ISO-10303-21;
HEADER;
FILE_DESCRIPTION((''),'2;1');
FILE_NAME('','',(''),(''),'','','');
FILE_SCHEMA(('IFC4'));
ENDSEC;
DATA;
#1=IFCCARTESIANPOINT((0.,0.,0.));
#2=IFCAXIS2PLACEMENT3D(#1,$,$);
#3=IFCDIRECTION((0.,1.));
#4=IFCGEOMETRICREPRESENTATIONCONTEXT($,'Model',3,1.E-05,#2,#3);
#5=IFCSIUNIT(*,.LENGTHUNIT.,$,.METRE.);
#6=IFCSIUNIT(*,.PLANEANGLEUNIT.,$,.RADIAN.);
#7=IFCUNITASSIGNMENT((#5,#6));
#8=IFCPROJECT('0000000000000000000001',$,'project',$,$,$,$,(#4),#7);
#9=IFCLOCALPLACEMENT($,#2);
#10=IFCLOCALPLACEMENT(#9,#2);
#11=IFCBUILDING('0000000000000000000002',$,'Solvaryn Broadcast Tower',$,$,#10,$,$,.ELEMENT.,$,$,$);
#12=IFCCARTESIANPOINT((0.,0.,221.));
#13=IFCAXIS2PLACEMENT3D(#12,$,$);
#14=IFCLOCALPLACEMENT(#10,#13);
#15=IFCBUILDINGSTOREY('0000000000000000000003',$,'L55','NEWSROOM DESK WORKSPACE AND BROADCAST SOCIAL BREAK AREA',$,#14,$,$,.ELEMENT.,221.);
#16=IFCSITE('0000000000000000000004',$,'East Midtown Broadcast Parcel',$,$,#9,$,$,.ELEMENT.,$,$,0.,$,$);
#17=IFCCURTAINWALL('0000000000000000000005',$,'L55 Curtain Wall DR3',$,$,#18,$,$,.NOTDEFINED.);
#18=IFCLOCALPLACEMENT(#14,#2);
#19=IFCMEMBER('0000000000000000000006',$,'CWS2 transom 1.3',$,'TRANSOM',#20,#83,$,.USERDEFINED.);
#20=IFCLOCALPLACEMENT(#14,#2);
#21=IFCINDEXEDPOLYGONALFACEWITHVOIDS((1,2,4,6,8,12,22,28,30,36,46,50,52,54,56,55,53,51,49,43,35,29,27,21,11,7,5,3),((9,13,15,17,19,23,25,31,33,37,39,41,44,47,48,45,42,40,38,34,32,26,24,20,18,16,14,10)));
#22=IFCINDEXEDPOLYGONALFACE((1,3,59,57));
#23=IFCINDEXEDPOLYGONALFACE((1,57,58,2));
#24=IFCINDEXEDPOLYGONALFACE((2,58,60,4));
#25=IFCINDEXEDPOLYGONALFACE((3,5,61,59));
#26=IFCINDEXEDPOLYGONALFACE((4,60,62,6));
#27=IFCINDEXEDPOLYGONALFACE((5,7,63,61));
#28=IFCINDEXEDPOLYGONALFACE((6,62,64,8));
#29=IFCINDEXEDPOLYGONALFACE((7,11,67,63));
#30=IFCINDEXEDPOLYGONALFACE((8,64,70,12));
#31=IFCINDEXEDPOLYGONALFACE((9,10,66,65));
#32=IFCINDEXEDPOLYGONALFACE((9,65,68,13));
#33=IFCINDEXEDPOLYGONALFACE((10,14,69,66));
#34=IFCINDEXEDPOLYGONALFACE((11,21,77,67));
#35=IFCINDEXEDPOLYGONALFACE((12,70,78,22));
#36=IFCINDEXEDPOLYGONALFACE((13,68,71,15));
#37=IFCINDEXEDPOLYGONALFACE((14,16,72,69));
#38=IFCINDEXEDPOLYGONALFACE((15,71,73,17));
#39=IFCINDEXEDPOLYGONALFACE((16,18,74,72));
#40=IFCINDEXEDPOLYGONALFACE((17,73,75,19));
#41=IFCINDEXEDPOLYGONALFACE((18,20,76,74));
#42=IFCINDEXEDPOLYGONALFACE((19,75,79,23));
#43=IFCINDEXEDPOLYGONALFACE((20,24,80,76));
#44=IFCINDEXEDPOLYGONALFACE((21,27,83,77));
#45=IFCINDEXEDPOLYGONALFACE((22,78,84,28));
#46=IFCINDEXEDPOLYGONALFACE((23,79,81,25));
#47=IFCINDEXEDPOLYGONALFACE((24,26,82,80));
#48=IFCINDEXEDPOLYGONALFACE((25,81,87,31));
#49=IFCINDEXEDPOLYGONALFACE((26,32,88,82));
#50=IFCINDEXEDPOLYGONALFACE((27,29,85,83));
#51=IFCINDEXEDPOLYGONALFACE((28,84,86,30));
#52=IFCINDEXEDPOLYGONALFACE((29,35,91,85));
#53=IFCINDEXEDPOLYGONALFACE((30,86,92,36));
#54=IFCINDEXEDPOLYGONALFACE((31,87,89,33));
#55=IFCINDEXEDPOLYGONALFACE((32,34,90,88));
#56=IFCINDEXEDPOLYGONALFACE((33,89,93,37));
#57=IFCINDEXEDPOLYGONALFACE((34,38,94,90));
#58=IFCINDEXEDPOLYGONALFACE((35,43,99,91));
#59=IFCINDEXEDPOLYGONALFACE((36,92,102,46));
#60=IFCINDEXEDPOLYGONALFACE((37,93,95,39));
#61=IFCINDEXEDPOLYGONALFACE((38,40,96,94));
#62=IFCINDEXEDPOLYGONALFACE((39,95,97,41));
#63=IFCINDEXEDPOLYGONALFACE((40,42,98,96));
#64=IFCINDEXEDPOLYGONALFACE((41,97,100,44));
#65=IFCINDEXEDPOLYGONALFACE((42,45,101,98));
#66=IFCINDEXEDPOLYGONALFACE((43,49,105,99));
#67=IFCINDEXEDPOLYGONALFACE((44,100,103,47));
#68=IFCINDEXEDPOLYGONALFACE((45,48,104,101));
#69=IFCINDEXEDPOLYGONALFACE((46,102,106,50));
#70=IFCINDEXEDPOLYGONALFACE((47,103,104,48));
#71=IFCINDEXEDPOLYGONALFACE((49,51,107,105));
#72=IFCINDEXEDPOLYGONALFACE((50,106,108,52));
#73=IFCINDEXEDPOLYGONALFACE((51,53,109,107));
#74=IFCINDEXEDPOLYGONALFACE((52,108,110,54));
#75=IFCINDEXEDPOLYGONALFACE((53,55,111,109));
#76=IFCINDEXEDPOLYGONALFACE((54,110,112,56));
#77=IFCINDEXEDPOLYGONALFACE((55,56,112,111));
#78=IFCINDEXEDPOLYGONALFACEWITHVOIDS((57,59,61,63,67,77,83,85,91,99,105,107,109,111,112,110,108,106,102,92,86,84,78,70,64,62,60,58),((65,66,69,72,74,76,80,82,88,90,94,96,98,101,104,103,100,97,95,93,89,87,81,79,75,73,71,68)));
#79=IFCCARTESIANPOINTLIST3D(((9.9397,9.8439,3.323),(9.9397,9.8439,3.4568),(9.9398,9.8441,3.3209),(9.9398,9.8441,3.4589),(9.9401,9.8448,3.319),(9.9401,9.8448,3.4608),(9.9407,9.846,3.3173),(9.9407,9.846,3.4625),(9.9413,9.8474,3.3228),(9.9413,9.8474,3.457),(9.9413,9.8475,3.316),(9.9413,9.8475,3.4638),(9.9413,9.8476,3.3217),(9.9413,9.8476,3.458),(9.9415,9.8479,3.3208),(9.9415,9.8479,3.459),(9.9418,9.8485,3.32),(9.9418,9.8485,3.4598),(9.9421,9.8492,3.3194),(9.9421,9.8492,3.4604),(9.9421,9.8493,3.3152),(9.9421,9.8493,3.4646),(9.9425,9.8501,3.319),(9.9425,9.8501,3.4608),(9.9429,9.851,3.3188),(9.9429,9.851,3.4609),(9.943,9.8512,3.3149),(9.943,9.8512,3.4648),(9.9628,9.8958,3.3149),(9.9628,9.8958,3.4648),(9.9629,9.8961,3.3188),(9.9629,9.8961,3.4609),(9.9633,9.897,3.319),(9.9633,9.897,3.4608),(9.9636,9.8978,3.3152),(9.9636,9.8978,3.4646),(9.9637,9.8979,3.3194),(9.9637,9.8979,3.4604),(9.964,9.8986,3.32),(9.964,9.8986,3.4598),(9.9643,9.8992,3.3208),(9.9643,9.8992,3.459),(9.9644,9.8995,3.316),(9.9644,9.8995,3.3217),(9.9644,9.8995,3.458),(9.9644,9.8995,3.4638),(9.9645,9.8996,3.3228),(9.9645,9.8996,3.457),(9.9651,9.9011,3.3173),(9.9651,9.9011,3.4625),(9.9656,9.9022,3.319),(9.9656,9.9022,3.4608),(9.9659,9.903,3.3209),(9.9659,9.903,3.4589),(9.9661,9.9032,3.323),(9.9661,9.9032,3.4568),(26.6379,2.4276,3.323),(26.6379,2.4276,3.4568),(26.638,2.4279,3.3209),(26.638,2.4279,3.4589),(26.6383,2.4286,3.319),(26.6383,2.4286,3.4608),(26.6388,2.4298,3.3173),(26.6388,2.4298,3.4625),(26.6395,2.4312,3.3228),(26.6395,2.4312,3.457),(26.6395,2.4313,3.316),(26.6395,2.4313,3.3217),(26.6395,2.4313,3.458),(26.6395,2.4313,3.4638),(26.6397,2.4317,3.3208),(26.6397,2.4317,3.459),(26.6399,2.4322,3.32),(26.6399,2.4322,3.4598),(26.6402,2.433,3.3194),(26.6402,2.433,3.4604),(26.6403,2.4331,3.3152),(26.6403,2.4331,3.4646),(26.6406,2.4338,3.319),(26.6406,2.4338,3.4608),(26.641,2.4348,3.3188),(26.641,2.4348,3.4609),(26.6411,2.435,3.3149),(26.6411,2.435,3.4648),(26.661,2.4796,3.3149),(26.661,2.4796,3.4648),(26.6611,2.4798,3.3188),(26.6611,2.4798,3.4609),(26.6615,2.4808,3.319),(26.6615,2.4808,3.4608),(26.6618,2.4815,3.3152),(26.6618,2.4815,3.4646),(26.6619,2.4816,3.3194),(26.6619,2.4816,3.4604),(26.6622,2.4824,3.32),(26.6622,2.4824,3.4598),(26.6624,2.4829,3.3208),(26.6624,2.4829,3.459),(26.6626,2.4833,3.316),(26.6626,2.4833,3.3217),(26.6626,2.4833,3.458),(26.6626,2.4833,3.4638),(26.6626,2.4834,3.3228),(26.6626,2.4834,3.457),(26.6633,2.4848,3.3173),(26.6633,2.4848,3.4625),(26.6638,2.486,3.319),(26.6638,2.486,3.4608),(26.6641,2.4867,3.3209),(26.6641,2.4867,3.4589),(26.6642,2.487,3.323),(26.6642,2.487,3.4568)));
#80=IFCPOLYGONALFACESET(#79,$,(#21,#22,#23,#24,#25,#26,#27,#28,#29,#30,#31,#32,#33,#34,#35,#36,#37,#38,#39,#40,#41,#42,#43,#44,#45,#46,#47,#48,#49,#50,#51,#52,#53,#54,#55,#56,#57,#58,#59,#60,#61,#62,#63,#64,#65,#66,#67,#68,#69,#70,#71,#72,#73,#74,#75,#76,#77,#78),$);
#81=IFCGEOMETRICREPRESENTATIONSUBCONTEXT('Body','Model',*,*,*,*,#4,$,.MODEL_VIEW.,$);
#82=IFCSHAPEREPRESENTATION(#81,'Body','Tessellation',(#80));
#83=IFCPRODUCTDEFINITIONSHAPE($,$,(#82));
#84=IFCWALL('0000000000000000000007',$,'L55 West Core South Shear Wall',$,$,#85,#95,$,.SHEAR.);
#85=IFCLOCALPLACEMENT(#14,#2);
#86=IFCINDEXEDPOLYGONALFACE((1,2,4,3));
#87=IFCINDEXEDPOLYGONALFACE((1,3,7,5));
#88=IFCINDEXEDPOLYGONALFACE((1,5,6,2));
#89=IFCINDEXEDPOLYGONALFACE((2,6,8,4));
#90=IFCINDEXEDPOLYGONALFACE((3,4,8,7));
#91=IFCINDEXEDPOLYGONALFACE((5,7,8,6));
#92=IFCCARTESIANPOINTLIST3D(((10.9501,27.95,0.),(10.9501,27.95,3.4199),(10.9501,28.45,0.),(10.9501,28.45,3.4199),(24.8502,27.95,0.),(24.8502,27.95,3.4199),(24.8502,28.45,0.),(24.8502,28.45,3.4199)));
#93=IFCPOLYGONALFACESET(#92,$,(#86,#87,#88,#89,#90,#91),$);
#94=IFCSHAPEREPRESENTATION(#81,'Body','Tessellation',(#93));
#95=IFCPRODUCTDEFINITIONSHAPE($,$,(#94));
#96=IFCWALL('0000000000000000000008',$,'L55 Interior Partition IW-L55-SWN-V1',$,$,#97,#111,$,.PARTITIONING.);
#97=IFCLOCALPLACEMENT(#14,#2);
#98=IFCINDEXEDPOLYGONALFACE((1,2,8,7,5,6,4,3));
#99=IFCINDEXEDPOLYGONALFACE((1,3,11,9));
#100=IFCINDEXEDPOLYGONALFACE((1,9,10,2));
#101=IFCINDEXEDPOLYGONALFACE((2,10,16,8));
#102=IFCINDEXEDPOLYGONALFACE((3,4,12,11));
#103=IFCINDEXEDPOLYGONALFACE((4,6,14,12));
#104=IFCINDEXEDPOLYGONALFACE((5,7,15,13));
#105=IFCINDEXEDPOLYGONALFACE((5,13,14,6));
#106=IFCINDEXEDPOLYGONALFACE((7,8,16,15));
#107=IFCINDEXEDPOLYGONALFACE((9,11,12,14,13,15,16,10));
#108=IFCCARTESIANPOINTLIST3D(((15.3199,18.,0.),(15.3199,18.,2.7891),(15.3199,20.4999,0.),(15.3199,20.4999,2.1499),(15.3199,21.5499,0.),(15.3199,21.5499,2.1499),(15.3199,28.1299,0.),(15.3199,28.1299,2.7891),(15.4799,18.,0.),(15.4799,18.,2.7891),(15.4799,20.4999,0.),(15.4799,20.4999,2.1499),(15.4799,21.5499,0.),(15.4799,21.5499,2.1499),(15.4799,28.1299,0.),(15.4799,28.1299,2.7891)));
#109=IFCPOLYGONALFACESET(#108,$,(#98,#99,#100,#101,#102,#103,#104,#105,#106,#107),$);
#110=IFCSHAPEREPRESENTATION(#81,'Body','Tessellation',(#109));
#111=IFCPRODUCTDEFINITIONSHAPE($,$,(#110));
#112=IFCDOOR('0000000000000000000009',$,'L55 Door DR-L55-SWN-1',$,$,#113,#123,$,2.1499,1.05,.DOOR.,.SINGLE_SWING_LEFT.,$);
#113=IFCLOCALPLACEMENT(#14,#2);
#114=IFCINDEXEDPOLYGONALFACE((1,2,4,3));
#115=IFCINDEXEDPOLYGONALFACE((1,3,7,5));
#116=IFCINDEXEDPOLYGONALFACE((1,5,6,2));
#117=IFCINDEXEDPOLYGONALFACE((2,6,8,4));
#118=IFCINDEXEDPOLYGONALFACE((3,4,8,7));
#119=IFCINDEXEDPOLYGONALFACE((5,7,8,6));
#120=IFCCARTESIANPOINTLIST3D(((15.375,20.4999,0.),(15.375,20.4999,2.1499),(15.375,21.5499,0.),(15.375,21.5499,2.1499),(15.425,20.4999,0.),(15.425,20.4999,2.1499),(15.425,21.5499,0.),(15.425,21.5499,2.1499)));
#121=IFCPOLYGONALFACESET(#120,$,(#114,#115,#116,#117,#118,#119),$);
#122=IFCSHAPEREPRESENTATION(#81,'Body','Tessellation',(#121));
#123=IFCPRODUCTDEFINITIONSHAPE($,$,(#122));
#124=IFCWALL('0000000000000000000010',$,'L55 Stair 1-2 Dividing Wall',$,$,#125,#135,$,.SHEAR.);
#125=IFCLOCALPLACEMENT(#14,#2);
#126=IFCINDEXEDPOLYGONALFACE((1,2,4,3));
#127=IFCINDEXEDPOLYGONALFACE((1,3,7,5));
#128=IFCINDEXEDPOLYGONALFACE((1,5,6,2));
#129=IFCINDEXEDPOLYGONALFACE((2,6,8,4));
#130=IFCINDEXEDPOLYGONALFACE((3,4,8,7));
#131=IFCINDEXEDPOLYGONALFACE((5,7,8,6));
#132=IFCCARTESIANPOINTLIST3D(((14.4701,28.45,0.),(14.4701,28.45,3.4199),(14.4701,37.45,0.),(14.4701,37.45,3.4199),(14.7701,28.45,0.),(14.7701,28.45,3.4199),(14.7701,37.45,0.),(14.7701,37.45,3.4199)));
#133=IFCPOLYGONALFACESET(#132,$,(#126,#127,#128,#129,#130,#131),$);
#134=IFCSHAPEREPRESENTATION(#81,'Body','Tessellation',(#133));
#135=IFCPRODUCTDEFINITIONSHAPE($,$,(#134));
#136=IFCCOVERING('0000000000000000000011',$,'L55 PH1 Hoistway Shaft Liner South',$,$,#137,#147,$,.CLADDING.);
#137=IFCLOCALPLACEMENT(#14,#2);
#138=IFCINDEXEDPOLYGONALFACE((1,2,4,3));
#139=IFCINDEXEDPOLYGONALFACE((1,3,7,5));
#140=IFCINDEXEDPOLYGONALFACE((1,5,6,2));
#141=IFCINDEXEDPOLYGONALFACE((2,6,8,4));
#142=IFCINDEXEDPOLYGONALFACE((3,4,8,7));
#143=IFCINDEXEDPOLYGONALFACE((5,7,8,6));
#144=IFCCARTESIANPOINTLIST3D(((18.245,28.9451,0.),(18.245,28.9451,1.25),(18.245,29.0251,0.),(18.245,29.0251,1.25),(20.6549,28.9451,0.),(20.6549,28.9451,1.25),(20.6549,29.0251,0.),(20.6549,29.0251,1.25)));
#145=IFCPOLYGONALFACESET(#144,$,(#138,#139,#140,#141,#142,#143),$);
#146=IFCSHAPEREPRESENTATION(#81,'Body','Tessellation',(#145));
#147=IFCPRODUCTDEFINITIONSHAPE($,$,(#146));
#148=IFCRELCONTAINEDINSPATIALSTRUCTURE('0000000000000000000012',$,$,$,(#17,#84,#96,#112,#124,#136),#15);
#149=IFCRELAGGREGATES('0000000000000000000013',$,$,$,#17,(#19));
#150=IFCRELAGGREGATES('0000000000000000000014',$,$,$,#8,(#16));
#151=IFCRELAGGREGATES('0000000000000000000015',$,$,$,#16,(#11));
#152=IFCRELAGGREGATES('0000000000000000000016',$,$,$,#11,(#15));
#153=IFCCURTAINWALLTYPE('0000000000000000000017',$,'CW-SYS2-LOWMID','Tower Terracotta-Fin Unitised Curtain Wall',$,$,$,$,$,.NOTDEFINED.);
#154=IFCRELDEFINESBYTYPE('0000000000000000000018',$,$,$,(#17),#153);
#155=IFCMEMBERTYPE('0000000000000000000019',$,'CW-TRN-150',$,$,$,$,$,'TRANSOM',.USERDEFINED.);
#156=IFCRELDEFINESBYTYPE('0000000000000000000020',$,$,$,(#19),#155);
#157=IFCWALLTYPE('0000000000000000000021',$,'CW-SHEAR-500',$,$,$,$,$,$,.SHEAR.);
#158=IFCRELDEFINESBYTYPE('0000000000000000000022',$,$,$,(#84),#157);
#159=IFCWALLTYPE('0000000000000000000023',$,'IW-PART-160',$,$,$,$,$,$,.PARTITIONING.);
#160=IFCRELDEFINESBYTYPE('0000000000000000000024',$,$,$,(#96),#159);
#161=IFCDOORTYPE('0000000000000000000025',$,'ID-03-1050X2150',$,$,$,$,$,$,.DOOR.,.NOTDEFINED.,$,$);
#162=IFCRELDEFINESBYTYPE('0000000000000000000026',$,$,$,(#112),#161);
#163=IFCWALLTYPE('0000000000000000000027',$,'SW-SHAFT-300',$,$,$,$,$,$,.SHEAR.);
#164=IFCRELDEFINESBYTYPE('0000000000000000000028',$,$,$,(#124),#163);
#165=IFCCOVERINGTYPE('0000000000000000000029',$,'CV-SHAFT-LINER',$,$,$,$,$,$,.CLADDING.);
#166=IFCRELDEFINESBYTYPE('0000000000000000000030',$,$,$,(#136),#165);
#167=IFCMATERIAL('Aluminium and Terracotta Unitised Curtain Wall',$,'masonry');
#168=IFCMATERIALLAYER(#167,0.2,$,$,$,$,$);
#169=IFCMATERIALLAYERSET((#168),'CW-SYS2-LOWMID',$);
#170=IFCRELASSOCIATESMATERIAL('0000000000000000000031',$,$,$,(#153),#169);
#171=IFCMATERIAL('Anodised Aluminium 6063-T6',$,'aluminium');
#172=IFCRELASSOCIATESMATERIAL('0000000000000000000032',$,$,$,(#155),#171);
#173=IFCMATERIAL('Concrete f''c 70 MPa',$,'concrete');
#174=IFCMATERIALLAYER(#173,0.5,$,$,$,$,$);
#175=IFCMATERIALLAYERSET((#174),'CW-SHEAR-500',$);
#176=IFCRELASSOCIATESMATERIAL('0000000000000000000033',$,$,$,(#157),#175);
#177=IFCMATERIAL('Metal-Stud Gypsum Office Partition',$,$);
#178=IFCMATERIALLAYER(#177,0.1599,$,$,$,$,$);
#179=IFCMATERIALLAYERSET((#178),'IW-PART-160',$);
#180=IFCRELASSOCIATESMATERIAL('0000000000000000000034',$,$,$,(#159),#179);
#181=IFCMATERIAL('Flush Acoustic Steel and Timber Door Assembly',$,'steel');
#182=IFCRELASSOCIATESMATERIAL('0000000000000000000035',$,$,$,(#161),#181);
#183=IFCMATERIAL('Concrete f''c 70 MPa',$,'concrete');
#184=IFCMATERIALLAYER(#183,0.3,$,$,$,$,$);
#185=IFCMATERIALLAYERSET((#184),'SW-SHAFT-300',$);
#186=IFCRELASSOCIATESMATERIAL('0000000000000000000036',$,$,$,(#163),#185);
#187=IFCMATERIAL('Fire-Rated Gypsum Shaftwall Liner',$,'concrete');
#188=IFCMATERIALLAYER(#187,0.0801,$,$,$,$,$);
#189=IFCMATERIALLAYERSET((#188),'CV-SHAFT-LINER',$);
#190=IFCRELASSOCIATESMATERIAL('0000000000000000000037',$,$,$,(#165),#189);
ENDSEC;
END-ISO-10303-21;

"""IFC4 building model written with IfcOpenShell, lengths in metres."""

from ifc_helpers import new_model, si_unit, direction, frame, frame_2d, origin, origin_2d, place, context, subcontext, project, spatial, rectangle, hollow_rectangle, extrude, material, layer, layer_set, material_profile, profile_set, type_object, element, fill, aggregate, save


model = new_model("IFC4")

# Units and contexts
model_context = context("Model", 3, precision=1e-05, world=origin(), true_north=direction((0.0, 1.0)))
body_context = subcontext(model_context, "Body", "Model", "MODEL_VIEW")
ifc_project = project(units=[si_unit("LENGTHUNIT", "METRE"), si_unit("PLANEANGLEUNIT", "RADIAN")], contexts=[model_context])

# Site, building, storey
site_placement = place(None, origin())
site = spatial("IfcSite", under=ifc_project, at=site_placement, Name="East Midtown Broadcast Parcel", CompositionType="ELEMENT", RefElevation=0.0)
building_placement = place(site_placement, origin())
building = spatial("IfcBuilding", under=site, at=building_placement, Name="Solvaryn Broadcast Tower", CompositionType="ELEMENT")
storey_placement = place(building_placement, frame((0.0, 0.0, 221.0)))
storey = spatial("IfcBuildingStorey", under=building, at=storey_placement, Name="L55", Description="NEWSROOM DESK WORKSPACE AND BROADCAST SOCIAL BREAK AREA", CompositionType="ELEMENT", Elevation=221.0)

# Curtain wall, member
ifc_material_1 = material(Name="Aluminium and Terracotta Unitised Curtain Wall", Category="masonry")
ifc_layer_1 = layer(ifc_material_1, 0.2)
ifc_layer_set_1 = layer_set([ifc_layer_1], Name="CW-SYS2-LOWMID")
curtain_wall_type_1 = type_object("IfcCurtainWallType", Name="CW-SYS2-LOWMID", Description="Tower Terracotta-Fin Unitised Curtain Wall", PredefinedType="NOTDEFINED", material=ifc_layer_set_1)
curtain_wall_1_placement = place(storey_placement, origin())
curtain_wall_1 = element("IfcCurtainWall", 1, at=curtain_wall_1_placement, inside=storey, type_object=curtain_wall_type_1, Name="L55 Curtain Wall DR3", PredefinedType="NOTDEFINED")
ifc_material_2 = material(Name="Anodised Aluminium 6063-T6", Category="aluminium")
ifc_material_profile_1 = material_profile(ifc_material_2, hollow_rectangle(XDim=0.0649, YDim=0.1499, WallThickness=0.0039, InnerFilletRadius=0.0039, OuterFilletRadius=0.0081, at=origin_2d()))
ifc_profile_set_1 = profile_set([ifc_material_profile_1], Name="Anodised Aluminium 6063-T6")
member_type_1 = type_object("IfcMemberType", Name="CW-TRN-150", ElementType="TRANSOM", PredefinedType="USERDEFINED", material=ifc_profile_set_1)
member_1_placement = place(storey_placement, frame((9.9529, 9.8735, 3.3899), z_axis=(0.913917, -0.405902, 0.0), x_axis=(0.405902, 0.913917, 0.0)))
member_1 = element("IfcMember", 2, at=member_1_placement, type_object=member_type_1, Name="CWS2 transom 1.3", ObjectType="TRANSOM", PredefinedType="USERDEFINED", context=body_context, shape_type="SweptSolid", body=[
    extrude(hollow_rectangle(XDim=0.0649, YDim=0.1499, WallThickness=0.0039, InnerFilletRadius=0.0039, OuterFilletRadius=0.0081, at=origin_2d()), origin(), (0.0, 0.0, 1.0), 18.271),
])
aggregate(curtain_wall_1, [member_1])

# Wall
ifc_material_3 = material(Name="Concrete f'c 70 MPa", Category="concrete")
ifc_layer_2 = layer(ifc_material_3, 0.5)
ifc_layer_set_2 = layer_set([ifc_layer_2], Name="CW-SHEAR-500")
wall_type_1 = type_object("IfcWallType", Name="CW-SHEAR-500", PredefinedType="SHEAR", material=ifc_layer_set_2)
wall_1_placement = place(storey_placement, frame((10.95, 28.2, 0.0), z_axis=(0.0, 0.0, 1.0), x_axis=(1.0, 0.0, 0.0)))
element("IfcWall", 3, at=wall_1_placement, inside=storey, type_object=wall_type_1, Name="L55 West Core South Shear Wall", PredefinedType="SHEAR", context=body_context, shape_type="SweptSolid", body=[
    extrude(rectangle(XDim=13.9001, YDim=0.5, at=frame_2d((6.9502, 0.0))), origin(), (0.0, 0.0, 1.0), 3.4199),
])

# Wall, opening, door
ifc_material_4 = material(Name="Metal-Stud Gypsum Office Partition")
ifc_layer_3 = layer(ifc_material_4, 0.1599)
ifc_layer_set_3 = layer_set([ifc_layer_3], Name="IW-PART-160")
wall_type_2 = type_object("IfcWallType", Name="IW-PART-160", PredefinedType="PARTITIONING", material=ifc_layer_set_3)
wall_2_placement = place(storey_placement, frame((15.3999, 18.0, 0.0), z_axis=(0.0, 0.0, 1.0), x_axis=(0.0, 1.0, 0.0)))
wall_2 = element("IfcWall", 4, at=wall_2_placement, inside=storey, type_object=wall_type_2, Name="L55 Interior Partition IW-L55-SWN-V1", PredefinedType="PARTITIONING", context=body_context, shape_type="SweptSolid", body=[
    extrude(rectangle(XDim=10.1299, YDim=0.1599, at=frame_2d((5.0649, 0.0))), origin(), (0.0, 0.0, 1.0), 2.7891),
])
opening_1_placement = place(wall_2_placement, frame((2.5, 0.0, 0.0)))
opening_1 = element("IfcOpeningElement", 5, at=opening_1_placement, cuts=wall_2, PredefinedType="OPENING", context=body_context, shape_type="SweptSolid", body=[
    extrude(rectangle(XDim=1.05, YDim=2.1499, at=frame_2d((0.5249, 1.075))), frame((0.0, 0.0901, 0.0), z_axis=(0.0, -1.0, 0.0), x_axis=(1.0, 0.0, 0.0)), (0.0, 0.0, 1.0), 0.1799),
])
ifc_material_5 = material(Name="Flush Acoustic Steel and Timber Door Assembly", Category="steel")
door_type_1 = type_object("IfcDoorType", Name="ID-03-1050X2150", OperationType="NOTDEFINED", PredefinedType="DOOR", material=ifc_material_5)
door_1_placement = place(opening_1_placement, origin())
door_1 = element("IfcDoor", 6, at=door_1_placement, inside=storey, type_object=door_type_1, Name="L55 Door DR-L55-SWN-1", OperationType="SINGLE_SWING_LEFT", OverallHeight=2.1499, OverallWidth=1.05, PredefinedType="DOOR", context=body_context, shape_type="SweptSolid", body=[
    extrude(rectangle(XDim=1.05, YDim=2.1499, at=frame_2d((0.5249, 1.075))), frame((0.0, 0.0249, 0.0), z_axis=(0.0, -1.0, 0.0), x_axis=(1.0, 0.0, 0.0)), (0.0, 0.0, 1.0), 0.05),
])
fill(opening_1, door_1)

# Wall
ifc_material_6 = material(Name="Concrete f'c 70 MPa", Category="concrete")
ifc_layer_4 = layer(ifc_material_6, 0.3)
ifc_layer_set_4 = layer_set([ifc_layer_4], Name="SW-SHAFT-300")
wall_type_3 = type_object("IfcWallType", Name="SW-SHAFT-300", PredefinedType="SHEAR", material=ifc_layer_set_4)
wall_3_placement = place(storey_placement, frame((14.6201, 28.45, 0.0), z_axis=(0.0, 0.0, 1.0), x_axis=(0.0, 1.0, 0.0)))
element("IfcWall", 7, at=wall_3_placement, inside=storey, type_object=wall_type_3, Name="L55 Stair 1-2 Dividing Wall", PredefinedType="SHEAR", context=body_context, shape_type="SweptSolid", body=[
    extrude(rectangle(XDim=9.0, YDim=0.3, at=frame_2d((4.5, 0.0))), origin(), (0.0, 0.0, 1.0), 3.4199),
])

# Covering
ifc_material_7 = material(Name="Fire-Rated Gypsum Shaftwall Liner", Category="concrete")
ifc_layer_5 = layer(ifc_material_7, 0.0801)
ifc_layer_set_5 = layer_set([ifc_layer_5], Name="CV-SHAFT-LINER")
covering_type = type_object("IfcCoveringType", Name="CV-SHAFT-LINER", PredefinedType="CLADDING", material=ifc_layer_set_5)
covering_placement = place(storey_placement, frame((19.45, 28.9851, 0.0), z_axis=(0.0, 0.0, 1.0), x_axis=(1.0, 0.0, 0.0)))
element("IfcCovering", 8, at=covering_placement, inside=storey, type_object=covering_type, Name="L55 PH1 Hoistway Shaft Liner South", PredefinedType="CLADDING", context=body_context, shape_type="SweptSolid", body=[
    extrude(rectangle(XDim=2.4099, YDim=0.0801, at=origin_2d()), origin(), (0.0, 0.0, 1.0), 1.25),
])

save(model, "model.ifc")
